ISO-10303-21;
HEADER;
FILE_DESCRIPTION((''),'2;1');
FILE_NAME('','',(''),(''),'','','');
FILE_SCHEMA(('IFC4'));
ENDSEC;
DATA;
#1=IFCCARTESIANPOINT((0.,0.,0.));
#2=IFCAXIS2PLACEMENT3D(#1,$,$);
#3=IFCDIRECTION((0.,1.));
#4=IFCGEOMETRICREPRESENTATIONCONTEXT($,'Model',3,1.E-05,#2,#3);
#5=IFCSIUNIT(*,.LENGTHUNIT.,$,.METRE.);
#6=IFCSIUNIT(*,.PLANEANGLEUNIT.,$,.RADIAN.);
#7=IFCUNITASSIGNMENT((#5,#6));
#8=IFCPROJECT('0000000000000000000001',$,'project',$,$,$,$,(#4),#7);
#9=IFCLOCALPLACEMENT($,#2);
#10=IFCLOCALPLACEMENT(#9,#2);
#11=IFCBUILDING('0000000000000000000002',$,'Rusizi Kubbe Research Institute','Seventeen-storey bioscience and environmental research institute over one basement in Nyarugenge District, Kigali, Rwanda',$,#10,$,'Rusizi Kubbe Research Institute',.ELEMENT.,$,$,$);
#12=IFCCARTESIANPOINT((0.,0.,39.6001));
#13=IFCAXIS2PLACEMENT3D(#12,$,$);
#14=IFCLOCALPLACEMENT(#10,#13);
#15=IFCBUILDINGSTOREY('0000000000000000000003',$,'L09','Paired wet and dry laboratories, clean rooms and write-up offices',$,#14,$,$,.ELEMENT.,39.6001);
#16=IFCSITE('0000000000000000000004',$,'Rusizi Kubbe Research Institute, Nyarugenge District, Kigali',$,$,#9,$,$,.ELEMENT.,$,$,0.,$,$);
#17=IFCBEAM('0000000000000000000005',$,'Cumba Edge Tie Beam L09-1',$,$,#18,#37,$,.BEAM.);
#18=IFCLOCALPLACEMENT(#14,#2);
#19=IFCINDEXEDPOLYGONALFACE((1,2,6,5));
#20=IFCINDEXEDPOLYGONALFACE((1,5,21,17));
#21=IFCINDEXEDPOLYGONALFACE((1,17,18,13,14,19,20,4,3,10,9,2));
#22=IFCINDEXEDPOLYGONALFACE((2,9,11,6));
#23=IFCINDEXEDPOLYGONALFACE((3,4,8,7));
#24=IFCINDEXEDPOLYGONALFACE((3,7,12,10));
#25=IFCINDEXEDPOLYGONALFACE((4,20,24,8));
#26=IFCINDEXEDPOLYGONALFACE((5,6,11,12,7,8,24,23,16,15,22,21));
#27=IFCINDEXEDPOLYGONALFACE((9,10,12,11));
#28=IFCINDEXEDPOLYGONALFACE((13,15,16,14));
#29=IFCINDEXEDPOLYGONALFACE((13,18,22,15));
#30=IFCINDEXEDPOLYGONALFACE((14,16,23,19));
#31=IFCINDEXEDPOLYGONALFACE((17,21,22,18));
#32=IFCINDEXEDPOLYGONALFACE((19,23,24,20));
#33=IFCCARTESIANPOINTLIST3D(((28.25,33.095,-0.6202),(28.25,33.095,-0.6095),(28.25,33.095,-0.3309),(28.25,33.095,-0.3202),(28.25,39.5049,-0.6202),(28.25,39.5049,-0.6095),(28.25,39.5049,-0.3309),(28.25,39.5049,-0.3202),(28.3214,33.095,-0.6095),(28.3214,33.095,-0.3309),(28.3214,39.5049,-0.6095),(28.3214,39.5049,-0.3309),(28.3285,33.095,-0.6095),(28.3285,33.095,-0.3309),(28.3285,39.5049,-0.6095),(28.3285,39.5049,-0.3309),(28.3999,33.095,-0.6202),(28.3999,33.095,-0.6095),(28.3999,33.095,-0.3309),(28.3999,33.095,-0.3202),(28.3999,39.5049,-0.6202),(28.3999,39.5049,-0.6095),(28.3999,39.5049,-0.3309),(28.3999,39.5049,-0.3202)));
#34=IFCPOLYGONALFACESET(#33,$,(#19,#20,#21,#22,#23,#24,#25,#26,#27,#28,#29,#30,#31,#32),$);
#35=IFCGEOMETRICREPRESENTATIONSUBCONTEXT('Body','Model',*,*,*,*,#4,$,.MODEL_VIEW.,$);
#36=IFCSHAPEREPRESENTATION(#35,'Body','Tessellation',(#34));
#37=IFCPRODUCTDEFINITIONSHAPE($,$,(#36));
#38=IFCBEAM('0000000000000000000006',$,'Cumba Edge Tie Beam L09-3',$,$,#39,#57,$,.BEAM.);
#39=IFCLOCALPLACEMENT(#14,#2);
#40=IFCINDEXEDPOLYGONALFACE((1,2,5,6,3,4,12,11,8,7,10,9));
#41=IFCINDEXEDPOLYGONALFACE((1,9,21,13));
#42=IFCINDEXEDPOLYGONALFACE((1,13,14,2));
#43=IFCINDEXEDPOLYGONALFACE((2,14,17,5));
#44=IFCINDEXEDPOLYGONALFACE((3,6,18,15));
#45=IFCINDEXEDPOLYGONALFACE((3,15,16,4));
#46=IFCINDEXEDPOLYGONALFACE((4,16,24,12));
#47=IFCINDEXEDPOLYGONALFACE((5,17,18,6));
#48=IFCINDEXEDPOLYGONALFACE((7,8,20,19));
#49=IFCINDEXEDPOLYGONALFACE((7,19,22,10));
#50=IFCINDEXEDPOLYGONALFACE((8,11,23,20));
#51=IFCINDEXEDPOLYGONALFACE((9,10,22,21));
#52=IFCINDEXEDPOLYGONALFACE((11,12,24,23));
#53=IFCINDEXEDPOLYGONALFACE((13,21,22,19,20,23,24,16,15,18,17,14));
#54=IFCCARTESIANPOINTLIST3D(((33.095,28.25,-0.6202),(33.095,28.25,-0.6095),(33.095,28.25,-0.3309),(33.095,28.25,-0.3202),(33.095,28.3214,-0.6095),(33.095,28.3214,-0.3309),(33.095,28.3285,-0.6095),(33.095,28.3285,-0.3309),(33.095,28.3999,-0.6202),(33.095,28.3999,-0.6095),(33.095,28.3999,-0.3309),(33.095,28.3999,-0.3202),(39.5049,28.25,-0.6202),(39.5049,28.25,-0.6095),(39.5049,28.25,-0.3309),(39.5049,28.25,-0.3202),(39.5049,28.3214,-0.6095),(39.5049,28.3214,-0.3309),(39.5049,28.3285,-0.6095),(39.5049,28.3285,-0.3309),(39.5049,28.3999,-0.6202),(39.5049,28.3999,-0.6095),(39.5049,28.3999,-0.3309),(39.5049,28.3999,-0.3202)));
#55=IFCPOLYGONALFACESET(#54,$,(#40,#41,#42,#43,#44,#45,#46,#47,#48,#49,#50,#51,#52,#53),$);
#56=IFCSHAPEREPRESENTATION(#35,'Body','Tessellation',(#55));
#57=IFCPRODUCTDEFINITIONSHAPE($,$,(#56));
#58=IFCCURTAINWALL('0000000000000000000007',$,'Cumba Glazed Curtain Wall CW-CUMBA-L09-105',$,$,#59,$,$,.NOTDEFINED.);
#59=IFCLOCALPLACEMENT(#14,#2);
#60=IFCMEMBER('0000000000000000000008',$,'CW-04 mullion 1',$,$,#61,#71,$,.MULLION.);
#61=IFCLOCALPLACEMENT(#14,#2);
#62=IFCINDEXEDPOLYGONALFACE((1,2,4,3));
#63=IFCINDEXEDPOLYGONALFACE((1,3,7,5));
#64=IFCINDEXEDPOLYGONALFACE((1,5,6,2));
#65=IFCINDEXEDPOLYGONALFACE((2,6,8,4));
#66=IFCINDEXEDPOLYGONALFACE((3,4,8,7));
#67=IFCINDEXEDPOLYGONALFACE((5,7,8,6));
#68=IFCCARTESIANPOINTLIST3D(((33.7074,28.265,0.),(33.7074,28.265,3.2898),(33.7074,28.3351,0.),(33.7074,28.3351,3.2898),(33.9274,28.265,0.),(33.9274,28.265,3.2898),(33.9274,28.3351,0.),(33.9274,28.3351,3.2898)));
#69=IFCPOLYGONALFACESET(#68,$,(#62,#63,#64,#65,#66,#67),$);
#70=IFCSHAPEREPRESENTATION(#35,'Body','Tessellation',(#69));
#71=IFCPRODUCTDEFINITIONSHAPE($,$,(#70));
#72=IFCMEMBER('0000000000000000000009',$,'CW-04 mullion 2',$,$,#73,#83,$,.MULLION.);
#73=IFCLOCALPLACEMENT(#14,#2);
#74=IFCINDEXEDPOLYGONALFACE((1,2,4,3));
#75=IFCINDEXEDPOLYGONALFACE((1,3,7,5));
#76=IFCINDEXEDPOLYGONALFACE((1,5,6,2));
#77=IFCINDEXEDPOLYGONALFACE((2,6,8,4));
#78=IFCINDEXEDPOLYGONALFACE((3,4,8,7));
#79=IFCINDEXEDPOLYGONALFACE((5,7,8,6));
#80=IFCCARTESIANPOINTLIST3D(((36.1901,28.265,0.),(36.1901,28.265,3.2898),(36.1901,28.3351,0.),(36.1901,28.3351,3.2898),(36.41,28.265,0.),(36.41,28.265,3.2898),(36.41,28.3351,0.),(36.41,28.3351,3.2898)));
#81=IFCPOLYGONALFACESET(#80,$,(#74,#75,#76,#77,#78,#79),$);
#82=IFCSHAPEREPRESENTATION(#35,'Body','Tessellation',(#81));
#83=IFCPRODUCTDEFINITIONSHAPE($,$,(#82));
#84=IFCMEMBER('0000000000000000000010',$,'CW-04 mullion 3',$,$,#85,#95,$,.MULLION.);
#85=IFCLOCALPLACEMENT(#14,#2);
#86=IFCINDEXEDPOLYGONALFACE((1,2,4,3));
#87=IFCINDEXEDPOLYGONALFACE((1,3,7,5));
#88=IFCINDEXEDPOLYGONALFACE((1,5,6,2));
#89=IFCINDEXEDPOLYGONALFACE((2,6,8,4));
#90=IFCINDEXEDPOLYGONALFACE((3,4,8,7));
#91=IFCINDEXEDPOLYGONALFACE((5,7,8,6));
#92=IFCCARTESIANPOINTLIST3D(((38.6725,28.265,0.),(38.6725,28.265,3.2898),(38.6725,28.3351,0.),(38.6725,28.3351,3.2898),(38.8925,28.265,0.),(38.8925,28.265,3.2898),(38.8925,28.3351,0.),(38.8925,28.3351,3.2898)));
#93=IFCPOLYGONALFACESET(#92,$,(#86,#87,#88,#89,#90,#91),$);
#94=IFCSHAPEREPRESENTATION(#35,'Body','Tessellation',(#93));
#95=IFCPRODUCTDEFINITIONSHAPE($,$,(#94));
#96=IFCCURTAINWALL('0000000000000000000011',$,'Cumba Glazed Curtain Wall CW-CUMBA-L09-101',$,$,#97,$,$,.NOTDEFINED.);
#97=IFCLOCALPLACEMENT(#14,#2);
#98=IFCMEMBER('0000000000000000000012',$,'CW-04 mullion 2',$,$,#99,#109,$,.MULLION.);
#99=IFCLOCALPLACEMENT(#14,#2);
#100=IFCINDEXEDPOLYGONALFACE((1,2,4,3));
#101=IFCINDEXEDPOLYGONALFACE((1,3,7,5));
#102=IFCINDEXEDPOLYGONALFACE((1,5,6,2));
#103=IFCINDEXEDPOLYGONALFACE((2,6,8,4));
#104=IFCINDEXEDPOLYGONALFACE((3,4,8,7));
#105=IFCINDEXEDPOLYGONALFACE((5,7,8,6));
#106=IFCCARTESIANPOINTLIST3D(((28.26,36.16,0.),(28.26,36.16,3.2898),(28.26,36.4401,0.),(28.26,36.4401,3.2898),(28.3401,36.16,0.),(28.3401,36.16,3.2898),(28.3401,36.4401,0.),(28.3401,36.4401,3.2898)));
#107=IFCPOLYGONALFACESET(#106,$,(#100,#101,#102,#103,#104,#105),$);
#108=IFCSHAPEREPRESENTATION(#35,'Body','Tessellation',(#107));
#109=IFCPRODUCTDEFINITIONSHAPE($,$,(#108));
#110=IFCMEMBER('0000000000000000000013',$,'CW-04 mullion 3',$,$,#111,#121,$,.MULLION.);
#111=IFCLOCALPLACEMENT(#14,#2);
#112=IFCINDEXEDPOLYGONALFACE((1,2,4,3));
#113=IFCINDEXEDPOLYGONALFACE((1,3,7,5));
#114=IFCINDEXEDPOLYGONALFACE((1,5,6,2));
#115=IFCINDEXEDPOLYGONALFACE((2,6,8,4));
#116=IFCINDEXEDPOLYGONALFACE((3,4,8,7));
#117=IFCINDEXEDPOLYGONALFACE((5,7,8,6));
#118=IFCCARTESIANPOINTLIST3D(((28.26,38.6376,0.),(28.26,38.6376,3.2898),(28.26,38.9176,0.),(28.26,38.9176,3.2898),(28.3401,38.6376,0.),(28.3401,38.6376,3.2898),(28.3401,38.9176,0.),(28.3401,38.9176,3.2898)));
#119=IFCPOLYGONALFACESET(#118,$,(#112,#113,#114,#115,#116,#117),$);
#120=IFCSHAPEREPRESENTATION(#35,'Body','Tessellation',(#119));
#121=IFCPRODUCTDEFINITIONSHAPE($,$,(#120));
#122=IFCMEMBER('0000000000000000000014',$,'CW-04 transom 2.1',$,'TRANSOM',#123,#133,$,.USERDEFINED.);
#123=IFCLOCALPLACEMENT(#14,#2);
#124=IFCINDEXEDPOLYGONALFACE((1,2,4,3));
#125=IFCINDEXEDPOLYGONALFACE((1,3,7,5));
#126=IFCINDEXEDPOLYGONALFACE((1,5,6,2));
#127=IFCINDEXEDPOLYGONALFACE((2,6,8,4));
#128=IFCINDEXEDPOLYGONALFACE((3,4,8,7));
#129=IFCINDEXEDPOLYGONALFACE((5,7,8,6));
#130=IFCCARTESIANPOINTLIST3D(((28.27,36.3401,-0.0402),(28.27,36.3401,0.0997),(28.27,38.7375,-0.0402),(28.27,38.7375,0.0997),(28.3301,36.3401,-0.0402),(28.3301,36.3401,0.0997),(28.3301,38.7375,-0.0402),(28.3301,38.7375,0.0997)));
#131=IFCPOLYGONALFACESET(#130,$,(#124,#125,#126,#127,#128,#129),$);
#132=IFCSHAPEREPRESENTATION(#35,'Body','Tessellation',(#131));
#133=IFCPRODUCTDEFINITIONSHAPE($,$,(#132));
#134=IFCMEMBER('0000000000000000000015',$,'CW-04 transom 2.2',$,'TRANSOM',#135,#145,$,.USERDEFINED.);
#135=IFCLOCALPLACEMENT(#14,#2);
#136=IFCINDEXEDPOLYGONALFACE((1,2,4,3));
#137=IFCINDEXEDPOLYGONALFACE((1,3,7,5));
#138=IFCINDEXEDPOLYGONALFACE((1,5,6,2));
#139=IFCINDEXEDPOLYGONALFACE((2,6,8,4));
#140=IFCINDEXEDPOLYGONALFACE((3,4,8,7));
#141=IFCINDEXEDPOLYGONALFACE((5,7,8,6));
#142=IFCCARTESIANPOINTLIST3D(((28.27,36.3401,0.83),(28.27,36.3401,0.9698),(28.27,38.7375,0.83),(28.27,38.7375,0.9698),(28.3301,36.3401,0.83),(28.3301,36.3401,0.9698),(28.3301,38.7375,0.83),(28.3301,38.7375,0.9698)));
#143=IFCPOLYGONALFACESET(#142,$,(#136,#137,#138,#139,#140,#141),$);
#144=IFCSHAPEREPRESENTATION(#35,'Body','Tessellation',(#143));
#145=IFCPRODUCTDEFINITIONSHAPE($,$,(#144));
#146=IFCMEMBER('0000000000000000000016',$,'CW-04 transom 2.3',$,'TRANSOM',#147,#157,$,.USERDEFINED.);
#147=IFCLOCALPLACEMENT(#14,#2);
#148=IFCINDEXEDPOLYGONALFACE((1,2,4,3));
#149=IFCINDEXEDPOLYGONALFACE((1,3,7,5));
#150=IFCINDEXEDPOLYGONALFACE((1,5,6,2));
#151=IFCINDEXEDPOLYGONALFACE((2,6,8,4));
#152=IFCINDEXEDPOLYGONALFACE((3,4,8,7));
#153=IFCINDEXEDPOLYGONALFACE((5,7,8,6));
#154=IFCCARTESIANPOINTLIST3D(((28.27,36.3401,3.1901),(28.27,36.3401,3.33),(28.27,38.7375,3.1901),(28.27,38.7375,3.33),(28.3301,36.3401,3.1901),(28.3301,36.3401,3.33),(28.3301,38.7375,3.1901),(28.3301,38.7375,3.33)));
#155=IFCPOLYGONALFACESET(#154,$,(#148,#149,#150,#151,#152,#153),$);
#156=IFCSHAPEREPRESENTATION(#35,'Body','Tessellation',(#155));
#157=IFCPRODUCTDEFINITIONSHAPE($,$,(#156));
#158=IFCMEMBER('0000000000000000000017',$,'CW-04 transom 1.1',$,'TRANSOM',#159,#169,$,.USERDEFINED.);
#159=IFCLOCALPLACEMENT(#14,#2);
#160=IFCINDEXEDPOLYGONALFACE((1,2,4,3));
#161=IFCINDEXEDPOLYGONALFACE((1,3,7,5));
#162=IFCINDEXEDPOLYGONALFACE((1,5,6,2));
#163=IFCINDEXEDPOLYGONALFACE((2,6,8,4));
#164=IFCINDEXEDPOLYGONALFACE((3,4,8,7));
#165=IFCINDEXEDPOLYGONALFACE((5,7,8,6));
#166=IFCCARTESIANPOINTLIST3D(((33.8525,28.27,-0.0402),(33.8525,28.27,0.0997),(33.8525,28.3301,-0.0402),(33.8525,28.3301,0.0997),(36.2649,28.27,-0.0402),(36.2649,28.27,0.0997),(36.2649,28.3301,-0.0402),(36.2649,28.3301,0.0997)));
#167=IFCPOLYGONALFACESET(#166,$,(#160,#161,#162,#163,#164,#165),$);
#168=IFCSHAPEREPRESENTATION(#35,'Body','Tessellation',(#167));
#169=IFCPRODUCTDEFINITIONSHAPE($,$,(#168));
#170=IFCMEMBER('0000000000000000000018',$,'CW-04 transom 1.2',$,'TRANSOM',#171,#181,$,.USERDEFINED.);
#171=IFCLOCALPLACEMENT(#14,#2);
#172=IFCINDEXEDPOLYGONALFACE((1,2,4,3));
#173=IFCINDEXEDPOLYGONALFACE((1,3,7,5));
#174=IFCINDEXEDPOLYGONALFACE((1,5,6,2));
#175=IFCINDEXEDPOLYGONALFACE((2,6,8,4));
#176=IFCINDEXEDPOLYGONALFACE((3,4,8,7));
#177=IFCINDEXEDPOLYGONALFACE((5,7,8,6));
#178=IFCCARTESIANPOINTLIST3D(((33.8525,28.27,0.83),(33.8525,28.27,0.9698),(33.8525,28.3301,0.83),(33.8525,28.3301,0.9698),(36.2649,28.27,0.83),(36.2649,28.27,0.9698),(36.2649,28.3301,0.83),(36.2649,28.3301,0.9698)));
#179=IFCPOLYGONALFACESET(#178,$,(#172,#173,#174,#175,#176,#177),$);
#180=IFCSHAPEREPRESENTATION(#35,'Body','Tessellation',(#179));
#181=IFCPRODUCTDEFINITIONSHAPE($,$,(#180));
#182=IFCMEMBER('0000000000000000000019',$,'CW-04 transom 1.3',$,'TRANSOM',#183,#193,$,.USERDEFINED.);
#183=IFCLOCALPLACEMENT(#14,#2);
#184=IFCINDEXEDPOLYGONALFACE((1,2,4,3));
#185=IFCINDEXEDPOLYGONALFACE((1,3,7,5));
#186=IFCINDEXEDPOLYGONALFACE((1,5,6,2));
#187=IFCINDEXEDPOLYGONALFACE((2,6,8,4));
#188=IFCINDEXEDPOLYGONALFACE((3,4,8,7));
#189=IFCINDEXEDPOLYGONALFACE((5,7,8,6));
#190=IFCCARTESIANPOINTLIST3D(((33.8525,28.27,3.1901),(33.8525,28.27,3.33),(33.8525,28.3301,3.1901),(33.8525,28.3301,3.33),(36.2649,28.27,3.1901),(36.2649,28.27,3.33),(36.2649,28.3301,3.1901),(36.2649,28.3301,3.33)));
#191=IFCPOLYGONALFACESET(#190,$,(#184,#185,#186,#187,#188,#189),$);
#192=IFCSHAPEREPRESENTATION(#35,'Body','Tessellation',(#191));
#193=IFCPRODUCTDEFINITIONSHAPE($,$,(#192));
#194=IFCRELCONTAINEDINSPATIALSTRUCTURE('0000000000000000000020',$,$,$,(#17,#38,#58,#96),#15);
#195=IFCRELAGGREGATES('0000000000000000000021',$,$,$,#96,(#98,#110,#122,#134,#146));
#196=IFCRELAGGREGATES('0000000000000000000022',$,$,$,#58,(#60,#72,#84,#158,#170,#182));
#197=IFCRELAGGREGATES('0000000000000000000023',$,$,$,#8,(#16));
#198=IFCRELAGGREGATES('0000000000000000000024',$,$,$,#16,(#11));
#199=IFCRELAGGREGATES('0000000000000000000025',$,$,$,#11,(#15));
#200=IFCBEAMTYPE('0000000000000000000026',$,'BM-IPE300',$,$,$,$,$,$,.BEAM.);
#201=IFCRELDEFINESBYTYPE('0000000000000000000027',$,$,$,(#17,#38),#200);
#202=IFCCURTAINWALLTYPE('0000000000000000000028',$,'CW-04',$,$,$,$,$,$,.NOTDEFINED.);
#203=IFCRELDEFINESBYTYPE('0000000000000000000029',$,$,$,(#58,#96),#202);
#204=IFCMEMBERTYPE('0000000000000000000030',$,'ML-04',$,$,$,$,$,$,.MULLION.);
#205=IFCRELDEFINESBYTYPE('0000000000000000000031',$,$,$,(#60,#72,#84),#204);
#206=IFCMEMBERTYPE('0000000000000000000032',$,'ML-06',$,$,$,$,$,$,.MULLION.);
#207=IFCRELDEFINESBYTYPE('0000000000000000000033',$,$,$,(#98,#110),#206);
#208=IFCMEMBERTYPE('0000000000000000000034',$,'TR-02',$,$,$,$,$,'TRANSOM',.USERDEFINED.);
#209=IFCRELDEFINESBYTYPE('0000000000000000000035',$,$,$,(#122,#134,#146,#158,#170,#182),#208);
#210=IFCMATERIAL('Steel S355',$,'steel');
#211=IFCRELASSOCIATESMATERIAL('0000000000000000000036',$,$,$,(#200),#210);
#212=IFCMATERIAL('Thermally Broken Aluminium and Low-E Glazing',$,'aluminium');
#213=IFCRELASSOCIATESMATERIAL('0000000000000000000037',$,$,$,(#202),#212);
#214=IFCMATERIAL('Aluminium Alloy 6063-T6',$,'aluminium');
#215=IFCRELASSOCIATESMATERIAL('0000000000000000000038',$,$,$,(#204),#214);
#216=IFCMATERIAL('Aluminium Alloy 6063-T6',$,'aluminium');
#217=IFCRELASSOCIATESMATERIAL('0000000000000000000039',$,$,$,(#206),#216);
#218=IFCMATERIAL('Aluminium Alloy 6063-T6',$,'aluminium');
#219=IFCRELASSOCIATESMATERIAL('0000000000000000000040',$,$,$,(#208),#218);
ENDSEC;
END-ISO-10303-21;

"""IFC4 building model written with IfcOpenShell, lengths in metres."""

from ifc_helpers import new_model, si_unit, direction, frame, origin, origin_2d, place, context, subcontext, project, spatial, rectangle, i_section, extrude, material, material_profile, profile_set, type_object, element, aggregate, save


model = new_model("IFC4")

# Units and contexts
model_context = context("Model", 3, precision=1e-05, world=origin(), true_north=direction((0.0, 1.0)))
body_context = subcontext(model_context, "Body", "Model", "MODEL_VIEW")
ifc_project = project(units=[si_unit("LENGTHUNIT", "METRE"), si_unit("PLANEANGLEUNIT", "RADIAN")], contexts=[model_context])

# Site, building, storey
site_placement = place(None, origin())
site = spatial("IfcSite", under=ifc_project, at=site_placement, Name="Rusizi Kubbe Research Institute, Nyarugenge District, Kigali", CompositionType="ELEMENT", RefElevation=0.0)
building_placement = place(site_placement, origin())
building = spatial("IfcBuilding", under=site, at=building_placement, Name="Rusizi Kubbe Research Institute", Description="Seventeen-storey bioscience and environmental research institute over one basement in Nyarugenge District, Kigali, Rwanda", LongName="Rusizi Kubbe Research Institute", CompositionType="ELEMENT")
storey_placement = place(building_placement, frame((0.0, 0.0, 39.6001)))
storey = spatial("IfcBuildingStorey", under=building, at=storey_placement, Name="L09", Description="Paired wet and dry laboratories, clean rooms and write-up offices", CompositionType="ELEMENT", Elevation=39.6001)

# Beams
ifc_material_1 = material(Name="Steel S355", Category="steel")
ifc_material_profile_1 = material_profile(ifc_material_1, i_section(OverallWidth=0.1499, OverallDepth=0.3, WebThickness=0.0071, FlangeThickness=0.0107, at=origin_2d()), Name="IPE 300")
ifc_profile_set_1 = profile_set([ifc_material_profile_1], Name="Steel S355")
beam_type = type_object("IfcBeamType", Name="BM-IPE300", PredefinedType="BEAM", material=ifc_profile_set_1)
for number, where, z_axis, x_axis, name in (
    (1, (28.325, 33.095, -0.4702), (0.0, 1.0, 0.0), (-1.0, 0.0, 0.0), "Cumba Edge Tie Beam L09-1"),
    (2, (33.095, 28.325, -0.4702), (1.0, 0.0, 0.0), (0.0, 1.0, 0.0), "Cumba Edge Tie Beam L09-3"),
):
    element("IfcBeam", number, at=place(storey_placement, frame(where, z_axis=z_axis, x_axis=x_axis)), inside=storey, type_object=beam_type, Name=name, PredefinedType="BEAM", context=body_context, shape_type="SweptSolid", body=[
        extrude(i_section(OverallWidth=0.1499, OverallDepth=0.3, WebThickness=0.0071, FlangeThickness=0.0107, at=origin_2d()), origin(), (0.0, 0.0, 1.0), 6.4099),
    ])

# Curtain walls, members
ifc_material_2 = material(Name="Thermally Broken Aluminium and Low-E Glazing", Category="aluminium")
curtain_wall_type_1 = type_object("IfcCurtainWallType", Name="CW-04", PredefinedType="NOTDEFINED", material=ifc_material_2)
curtain_wall_1_placement = place(storey_placement, origin())
curtain_wall_1 = element("IfcCurtainWall", 3, at=curtain_wall_1_placement, inside=storey, type_object=curtain_wall_type_1, Name="Cumba Glazed Curtain Wall CW-CUMBA-L09-105", PredefinedType="NOTDEFINED")
ifc_material_3 = material(Name="Aluminium Alloy 6063-T6", Category="aluminium")
ifc_material_profile_2 = material_profile(ifc_material_3, rectangle(XDim=0.0701, YDim=0.22, at=origin_2d()), Name="ALU-M 70x220")
ifc_profile_set_2 = profile_set([ifc_material_profile_2], Name="Aluminium Alloy 6063-T6")
member_type_1 = type_object("IfcMemberType", Name="ML-04", PredefinedType="MULLION", material=ifc_profile_set_2)
member_1_placement = place(storey_placement, frame((33.8174, 28.3, 0.0), z_axis=(0.0, 0.0, 1.0), x_axis=(0.0, 1.0, 0.0)))
member_1 = element("IfcMember", 4, at=member_1_placement, type_object=member_type_1, Name="CW-04 mullion 1", PredefinedType="MULLION", context=body_context, shape_type="SweptSolid", body=[
    extrude(rectangle(XDim=0.0701, YDim=0.22, at=origin_2d()), origin(), (0.0, 0.0, 1.0), 3.2898),
])
member_2_placement = place(storey_placement, frame((36.3, 28.3, 0.0), z_axis=(0.0, 0.0, 1.0), x_axis=(0.0, 1.0, 0.0)))
member_2 = element("IfcMember", 5, at=member_2_placement, type_object=member_type_1, Name="CW-04 mullion 2", PredefinedType="MULLION", context=body_context, shape_type="SweptSolid", body=[
    extrude(rectangle(XDim=0.0701, YDim=0.22, at=origin_2d()), origin(), (0.0, 0.0, 1.0), 3.2898),
])
member_3_placement = place(storey_placement, frame((38.7825, 28.3, 0.0), z_axis=(0.0, 0.0, 1.0), x_axis=(0.0, 1.0, 0.0)))
member_3 = element("IfcMember", 6, at=member_3_placement, type_object=member_type_1, Name="CW-04 mullion 3", PredefinedType="MULLION", context=body_context, shape_type="SweptSolid", body=[
    extrude(rectangle(XDim=0.0701, YDim=0.22, at=origin_2d()), origin(), (0.0, 0.0, 1.0), 3.2898),
])
curtain_wall_2_placement = place(storey_placement, origin())
curtain_wall_2 = element("IfcCurtainWall", 7, at=curtain_wall_2_placement, inside=storey, type_object=curtain_wall_type_1, Name="Cumba Glazed Curtain Wall CW-CUMBA-L09-101", PredefinedType="NOTDEFINED")
ifc_material_4 = material(Name="Aluminium Alloy 6063-T6", Category="aluminium")
ifc_material_profile_3 = material_profile(ifc_material_4, rectangle(XDim=0.0801, YDim=0.28, at=origin_2d()), Name="ALU-M 80x280")
ifc_profile_set_3 = profile_set([ifc_material_profile_3], Name="Aluminium Alloy 6063-T6")
member_type_2 = type_object("IfcMemberType", Name="ML-06", PredefinedType="MULLION", material=ifc_profile_set_3)
member_4_placement = place(storey_placement, frame((28.3, 36.3, 0.0), z_axis=(0.0, 0.0, 1.0), x_axis=(-1.0, 0.0, 0.0)))
member_4 = element("IfcMember", 8, at=member_4_placement, type_object=member_type_2, Name="CW-04 mullion 2", PredefinedType="MULLION", context=body_context, shape_type="SweptSolid", body=[
    extrude(rectangle(XDim=0.0801, YDim=0.28, at=origin_2d()), origin(), (0.0, 0.0, 1.0), 3.2898),
])
member_5_placement = place(storey_placement, frame((28.3, 38.7776, 0.0), z_axis=(0.0, 0.0, 1.0), x_axis=(-1.0, 0.0, 0.0)))
member_5 = element("IfcMember", 9, at=member_5_placement, type_object=member_type_2, Name="CW-04 mullion 3", PredefinedType="MULLION", context=body_context, shape_type="SweptSolid", body=[
    extrude(rectangle(XDim=0.0801, YDim=0.28, at=origin_2d()), origin(), (0.0, 0.0, 1.0), 3.2898),
])
ifc_material_5 = material(Name="Aluminium Alloy 6063-T6", Category="aluminium")
ifc_material_profile_4 = material_profile(ifc_material_5, rectangle(XDim=0.0601, YDim=0.1399, at=origin_2d()), Name="ALU-T 60x140")
ifc_profile_set_4 = profile_set([ifc_material_profile_4], Name="Aluminium Alloy 6063-T6")
member_type_3 = type_object("IfcMemberType", Name="TR-02", ElementType="TRANSOM", PredefinedType="USERDEFINED", material=ifc_profile_set_4)
member_6_placement = place(storey_placement, frame((28.3, 36.3401, 0.0298), z_axis=(0.0, 1.0, 0.0), x_axis=(-1.0, 0.0, 0.0)))
member_6 = element("IfcMember", 10, at=member_6_placement, type_object=member_type_3, Name="CW-04 transom 2.1", ObjectType="TRANSOM", PredefinedType="USERDEFINED", context=body_context, shape_type="SweptSolid", body=[
    extrude(rectangle(XDim=0.0601, YDim=0.1399, at=origin_2d()), origin(), (0.0, 0.0, 1.0), 2.3975),
])
member_7_placement = place(storey_placement, frame((28.3, 36.3401, 0.8999), z_axis=(0.0, 1.0, 0.0), x_axis=(-1.0, 0.0, 0.0)))
member_7 = element("IfcMember", 11, at=member_7_placement, type_object=member_type_3, Name="CW-04 transom 2.2", ObjectType="TRANSOM", PredefinedType="USERDEFINED", context=body_context, shape_type="SweptSolid", body=[
    extrude(rectangle(XDim=0.0601, YDim=0.1399, at=origin_2d()), origin(), (0.0, 0.0, 1.0), 2.3975),
])
member_8_placement = place(storey_placement, frame((28.3, 36.3401, 3.26), z_axis=(0.0, 1.0, 0.0), x_axis=(-1.0, 0.0, 0.0)))
member_8 = element("IfcMember", 12, at=member_8_placement, type_object=member_type_3, Name="CW-04 transom 2.3", ObjectType="TRANSOM", PredefinedType="USERDEFINED", context=body_context, shape_type="SweptSolid", body=[
    extrude(rectangle(XDim=0.0601, YDim=0.1399, at=origin_2d()), origin(), (0.0, 0.0, 1.0), 2.3975),
])

# Members
member_9_placement = place(storey_placement, frame((33.8525, 28.3, 0.0298), z_axis=(1.0, 0.0, 0.0), x_axis=(0.0, 1.0, 0.0)))
member_9 = element("IfcMember", 13, at=member_9_placement, type_object=member_type_3, Name="CW-04 transom 1.1", ObjectType="TRANSOM", PredefinedType="USERDEFINED", context=body_context, shape_type="SweptSolid", body=[
    extrude(rectangle(XDim=0.0601, YDim=0.1399, at=origin_2d()), origin(), (0.0, 0.0, 1.0), 2.4124),
])
member_10_placement = place(storey_placement, frame((33.8525, 28.3, 0.8999), z_axis=(1.0, 0.0, 0.0), x_axis=(0.0, 1.0, 0.0)))
member_10 = element("IfcMember", 14, at=member_10_placement, type_object=member_type_3, Name="CW-04 transom 1.2", ObjectType="TRANSOM", PredefinedType="USERDEFINED", context=body_context, shape_type="SweptSolid", body=[
    extrude(rectangle(XDim=0.0601, YDim=0.1399, at=origin_2d()), origin(), (0.0, 0.0, 1.0), 2.4124),
])
member_11_placement = place(storey_placement, frame((33.8525, 28.3, 3.26), z_axis=(1.0, 0.0, 0.0), x_axis=(0.0, 1.0, 0.0)))
member_11 = element("IfcMember", 15, at=member_11_placement, type_object=member_type_3, Name="CW-04 transom 1.3", ObjectType="TRANSOM", PredefinedType="USERDEFINED", context=body_context, shape_type="SweptSolid", body=[
    extrude(rectangle(XDim=0.0601, YDim=0.1399, at=origin_2d()), origin(), (0.0, 0.0, 1.0), 2.4124),
])

aggregate(curtain_wall_2, [member_4, member_5, member_6, member_7, member_8])
aggregate(curtain_wall_1, [member_1, member_2, member_3, member_9, member_10, member_11])

save(model, "model.ifc")
